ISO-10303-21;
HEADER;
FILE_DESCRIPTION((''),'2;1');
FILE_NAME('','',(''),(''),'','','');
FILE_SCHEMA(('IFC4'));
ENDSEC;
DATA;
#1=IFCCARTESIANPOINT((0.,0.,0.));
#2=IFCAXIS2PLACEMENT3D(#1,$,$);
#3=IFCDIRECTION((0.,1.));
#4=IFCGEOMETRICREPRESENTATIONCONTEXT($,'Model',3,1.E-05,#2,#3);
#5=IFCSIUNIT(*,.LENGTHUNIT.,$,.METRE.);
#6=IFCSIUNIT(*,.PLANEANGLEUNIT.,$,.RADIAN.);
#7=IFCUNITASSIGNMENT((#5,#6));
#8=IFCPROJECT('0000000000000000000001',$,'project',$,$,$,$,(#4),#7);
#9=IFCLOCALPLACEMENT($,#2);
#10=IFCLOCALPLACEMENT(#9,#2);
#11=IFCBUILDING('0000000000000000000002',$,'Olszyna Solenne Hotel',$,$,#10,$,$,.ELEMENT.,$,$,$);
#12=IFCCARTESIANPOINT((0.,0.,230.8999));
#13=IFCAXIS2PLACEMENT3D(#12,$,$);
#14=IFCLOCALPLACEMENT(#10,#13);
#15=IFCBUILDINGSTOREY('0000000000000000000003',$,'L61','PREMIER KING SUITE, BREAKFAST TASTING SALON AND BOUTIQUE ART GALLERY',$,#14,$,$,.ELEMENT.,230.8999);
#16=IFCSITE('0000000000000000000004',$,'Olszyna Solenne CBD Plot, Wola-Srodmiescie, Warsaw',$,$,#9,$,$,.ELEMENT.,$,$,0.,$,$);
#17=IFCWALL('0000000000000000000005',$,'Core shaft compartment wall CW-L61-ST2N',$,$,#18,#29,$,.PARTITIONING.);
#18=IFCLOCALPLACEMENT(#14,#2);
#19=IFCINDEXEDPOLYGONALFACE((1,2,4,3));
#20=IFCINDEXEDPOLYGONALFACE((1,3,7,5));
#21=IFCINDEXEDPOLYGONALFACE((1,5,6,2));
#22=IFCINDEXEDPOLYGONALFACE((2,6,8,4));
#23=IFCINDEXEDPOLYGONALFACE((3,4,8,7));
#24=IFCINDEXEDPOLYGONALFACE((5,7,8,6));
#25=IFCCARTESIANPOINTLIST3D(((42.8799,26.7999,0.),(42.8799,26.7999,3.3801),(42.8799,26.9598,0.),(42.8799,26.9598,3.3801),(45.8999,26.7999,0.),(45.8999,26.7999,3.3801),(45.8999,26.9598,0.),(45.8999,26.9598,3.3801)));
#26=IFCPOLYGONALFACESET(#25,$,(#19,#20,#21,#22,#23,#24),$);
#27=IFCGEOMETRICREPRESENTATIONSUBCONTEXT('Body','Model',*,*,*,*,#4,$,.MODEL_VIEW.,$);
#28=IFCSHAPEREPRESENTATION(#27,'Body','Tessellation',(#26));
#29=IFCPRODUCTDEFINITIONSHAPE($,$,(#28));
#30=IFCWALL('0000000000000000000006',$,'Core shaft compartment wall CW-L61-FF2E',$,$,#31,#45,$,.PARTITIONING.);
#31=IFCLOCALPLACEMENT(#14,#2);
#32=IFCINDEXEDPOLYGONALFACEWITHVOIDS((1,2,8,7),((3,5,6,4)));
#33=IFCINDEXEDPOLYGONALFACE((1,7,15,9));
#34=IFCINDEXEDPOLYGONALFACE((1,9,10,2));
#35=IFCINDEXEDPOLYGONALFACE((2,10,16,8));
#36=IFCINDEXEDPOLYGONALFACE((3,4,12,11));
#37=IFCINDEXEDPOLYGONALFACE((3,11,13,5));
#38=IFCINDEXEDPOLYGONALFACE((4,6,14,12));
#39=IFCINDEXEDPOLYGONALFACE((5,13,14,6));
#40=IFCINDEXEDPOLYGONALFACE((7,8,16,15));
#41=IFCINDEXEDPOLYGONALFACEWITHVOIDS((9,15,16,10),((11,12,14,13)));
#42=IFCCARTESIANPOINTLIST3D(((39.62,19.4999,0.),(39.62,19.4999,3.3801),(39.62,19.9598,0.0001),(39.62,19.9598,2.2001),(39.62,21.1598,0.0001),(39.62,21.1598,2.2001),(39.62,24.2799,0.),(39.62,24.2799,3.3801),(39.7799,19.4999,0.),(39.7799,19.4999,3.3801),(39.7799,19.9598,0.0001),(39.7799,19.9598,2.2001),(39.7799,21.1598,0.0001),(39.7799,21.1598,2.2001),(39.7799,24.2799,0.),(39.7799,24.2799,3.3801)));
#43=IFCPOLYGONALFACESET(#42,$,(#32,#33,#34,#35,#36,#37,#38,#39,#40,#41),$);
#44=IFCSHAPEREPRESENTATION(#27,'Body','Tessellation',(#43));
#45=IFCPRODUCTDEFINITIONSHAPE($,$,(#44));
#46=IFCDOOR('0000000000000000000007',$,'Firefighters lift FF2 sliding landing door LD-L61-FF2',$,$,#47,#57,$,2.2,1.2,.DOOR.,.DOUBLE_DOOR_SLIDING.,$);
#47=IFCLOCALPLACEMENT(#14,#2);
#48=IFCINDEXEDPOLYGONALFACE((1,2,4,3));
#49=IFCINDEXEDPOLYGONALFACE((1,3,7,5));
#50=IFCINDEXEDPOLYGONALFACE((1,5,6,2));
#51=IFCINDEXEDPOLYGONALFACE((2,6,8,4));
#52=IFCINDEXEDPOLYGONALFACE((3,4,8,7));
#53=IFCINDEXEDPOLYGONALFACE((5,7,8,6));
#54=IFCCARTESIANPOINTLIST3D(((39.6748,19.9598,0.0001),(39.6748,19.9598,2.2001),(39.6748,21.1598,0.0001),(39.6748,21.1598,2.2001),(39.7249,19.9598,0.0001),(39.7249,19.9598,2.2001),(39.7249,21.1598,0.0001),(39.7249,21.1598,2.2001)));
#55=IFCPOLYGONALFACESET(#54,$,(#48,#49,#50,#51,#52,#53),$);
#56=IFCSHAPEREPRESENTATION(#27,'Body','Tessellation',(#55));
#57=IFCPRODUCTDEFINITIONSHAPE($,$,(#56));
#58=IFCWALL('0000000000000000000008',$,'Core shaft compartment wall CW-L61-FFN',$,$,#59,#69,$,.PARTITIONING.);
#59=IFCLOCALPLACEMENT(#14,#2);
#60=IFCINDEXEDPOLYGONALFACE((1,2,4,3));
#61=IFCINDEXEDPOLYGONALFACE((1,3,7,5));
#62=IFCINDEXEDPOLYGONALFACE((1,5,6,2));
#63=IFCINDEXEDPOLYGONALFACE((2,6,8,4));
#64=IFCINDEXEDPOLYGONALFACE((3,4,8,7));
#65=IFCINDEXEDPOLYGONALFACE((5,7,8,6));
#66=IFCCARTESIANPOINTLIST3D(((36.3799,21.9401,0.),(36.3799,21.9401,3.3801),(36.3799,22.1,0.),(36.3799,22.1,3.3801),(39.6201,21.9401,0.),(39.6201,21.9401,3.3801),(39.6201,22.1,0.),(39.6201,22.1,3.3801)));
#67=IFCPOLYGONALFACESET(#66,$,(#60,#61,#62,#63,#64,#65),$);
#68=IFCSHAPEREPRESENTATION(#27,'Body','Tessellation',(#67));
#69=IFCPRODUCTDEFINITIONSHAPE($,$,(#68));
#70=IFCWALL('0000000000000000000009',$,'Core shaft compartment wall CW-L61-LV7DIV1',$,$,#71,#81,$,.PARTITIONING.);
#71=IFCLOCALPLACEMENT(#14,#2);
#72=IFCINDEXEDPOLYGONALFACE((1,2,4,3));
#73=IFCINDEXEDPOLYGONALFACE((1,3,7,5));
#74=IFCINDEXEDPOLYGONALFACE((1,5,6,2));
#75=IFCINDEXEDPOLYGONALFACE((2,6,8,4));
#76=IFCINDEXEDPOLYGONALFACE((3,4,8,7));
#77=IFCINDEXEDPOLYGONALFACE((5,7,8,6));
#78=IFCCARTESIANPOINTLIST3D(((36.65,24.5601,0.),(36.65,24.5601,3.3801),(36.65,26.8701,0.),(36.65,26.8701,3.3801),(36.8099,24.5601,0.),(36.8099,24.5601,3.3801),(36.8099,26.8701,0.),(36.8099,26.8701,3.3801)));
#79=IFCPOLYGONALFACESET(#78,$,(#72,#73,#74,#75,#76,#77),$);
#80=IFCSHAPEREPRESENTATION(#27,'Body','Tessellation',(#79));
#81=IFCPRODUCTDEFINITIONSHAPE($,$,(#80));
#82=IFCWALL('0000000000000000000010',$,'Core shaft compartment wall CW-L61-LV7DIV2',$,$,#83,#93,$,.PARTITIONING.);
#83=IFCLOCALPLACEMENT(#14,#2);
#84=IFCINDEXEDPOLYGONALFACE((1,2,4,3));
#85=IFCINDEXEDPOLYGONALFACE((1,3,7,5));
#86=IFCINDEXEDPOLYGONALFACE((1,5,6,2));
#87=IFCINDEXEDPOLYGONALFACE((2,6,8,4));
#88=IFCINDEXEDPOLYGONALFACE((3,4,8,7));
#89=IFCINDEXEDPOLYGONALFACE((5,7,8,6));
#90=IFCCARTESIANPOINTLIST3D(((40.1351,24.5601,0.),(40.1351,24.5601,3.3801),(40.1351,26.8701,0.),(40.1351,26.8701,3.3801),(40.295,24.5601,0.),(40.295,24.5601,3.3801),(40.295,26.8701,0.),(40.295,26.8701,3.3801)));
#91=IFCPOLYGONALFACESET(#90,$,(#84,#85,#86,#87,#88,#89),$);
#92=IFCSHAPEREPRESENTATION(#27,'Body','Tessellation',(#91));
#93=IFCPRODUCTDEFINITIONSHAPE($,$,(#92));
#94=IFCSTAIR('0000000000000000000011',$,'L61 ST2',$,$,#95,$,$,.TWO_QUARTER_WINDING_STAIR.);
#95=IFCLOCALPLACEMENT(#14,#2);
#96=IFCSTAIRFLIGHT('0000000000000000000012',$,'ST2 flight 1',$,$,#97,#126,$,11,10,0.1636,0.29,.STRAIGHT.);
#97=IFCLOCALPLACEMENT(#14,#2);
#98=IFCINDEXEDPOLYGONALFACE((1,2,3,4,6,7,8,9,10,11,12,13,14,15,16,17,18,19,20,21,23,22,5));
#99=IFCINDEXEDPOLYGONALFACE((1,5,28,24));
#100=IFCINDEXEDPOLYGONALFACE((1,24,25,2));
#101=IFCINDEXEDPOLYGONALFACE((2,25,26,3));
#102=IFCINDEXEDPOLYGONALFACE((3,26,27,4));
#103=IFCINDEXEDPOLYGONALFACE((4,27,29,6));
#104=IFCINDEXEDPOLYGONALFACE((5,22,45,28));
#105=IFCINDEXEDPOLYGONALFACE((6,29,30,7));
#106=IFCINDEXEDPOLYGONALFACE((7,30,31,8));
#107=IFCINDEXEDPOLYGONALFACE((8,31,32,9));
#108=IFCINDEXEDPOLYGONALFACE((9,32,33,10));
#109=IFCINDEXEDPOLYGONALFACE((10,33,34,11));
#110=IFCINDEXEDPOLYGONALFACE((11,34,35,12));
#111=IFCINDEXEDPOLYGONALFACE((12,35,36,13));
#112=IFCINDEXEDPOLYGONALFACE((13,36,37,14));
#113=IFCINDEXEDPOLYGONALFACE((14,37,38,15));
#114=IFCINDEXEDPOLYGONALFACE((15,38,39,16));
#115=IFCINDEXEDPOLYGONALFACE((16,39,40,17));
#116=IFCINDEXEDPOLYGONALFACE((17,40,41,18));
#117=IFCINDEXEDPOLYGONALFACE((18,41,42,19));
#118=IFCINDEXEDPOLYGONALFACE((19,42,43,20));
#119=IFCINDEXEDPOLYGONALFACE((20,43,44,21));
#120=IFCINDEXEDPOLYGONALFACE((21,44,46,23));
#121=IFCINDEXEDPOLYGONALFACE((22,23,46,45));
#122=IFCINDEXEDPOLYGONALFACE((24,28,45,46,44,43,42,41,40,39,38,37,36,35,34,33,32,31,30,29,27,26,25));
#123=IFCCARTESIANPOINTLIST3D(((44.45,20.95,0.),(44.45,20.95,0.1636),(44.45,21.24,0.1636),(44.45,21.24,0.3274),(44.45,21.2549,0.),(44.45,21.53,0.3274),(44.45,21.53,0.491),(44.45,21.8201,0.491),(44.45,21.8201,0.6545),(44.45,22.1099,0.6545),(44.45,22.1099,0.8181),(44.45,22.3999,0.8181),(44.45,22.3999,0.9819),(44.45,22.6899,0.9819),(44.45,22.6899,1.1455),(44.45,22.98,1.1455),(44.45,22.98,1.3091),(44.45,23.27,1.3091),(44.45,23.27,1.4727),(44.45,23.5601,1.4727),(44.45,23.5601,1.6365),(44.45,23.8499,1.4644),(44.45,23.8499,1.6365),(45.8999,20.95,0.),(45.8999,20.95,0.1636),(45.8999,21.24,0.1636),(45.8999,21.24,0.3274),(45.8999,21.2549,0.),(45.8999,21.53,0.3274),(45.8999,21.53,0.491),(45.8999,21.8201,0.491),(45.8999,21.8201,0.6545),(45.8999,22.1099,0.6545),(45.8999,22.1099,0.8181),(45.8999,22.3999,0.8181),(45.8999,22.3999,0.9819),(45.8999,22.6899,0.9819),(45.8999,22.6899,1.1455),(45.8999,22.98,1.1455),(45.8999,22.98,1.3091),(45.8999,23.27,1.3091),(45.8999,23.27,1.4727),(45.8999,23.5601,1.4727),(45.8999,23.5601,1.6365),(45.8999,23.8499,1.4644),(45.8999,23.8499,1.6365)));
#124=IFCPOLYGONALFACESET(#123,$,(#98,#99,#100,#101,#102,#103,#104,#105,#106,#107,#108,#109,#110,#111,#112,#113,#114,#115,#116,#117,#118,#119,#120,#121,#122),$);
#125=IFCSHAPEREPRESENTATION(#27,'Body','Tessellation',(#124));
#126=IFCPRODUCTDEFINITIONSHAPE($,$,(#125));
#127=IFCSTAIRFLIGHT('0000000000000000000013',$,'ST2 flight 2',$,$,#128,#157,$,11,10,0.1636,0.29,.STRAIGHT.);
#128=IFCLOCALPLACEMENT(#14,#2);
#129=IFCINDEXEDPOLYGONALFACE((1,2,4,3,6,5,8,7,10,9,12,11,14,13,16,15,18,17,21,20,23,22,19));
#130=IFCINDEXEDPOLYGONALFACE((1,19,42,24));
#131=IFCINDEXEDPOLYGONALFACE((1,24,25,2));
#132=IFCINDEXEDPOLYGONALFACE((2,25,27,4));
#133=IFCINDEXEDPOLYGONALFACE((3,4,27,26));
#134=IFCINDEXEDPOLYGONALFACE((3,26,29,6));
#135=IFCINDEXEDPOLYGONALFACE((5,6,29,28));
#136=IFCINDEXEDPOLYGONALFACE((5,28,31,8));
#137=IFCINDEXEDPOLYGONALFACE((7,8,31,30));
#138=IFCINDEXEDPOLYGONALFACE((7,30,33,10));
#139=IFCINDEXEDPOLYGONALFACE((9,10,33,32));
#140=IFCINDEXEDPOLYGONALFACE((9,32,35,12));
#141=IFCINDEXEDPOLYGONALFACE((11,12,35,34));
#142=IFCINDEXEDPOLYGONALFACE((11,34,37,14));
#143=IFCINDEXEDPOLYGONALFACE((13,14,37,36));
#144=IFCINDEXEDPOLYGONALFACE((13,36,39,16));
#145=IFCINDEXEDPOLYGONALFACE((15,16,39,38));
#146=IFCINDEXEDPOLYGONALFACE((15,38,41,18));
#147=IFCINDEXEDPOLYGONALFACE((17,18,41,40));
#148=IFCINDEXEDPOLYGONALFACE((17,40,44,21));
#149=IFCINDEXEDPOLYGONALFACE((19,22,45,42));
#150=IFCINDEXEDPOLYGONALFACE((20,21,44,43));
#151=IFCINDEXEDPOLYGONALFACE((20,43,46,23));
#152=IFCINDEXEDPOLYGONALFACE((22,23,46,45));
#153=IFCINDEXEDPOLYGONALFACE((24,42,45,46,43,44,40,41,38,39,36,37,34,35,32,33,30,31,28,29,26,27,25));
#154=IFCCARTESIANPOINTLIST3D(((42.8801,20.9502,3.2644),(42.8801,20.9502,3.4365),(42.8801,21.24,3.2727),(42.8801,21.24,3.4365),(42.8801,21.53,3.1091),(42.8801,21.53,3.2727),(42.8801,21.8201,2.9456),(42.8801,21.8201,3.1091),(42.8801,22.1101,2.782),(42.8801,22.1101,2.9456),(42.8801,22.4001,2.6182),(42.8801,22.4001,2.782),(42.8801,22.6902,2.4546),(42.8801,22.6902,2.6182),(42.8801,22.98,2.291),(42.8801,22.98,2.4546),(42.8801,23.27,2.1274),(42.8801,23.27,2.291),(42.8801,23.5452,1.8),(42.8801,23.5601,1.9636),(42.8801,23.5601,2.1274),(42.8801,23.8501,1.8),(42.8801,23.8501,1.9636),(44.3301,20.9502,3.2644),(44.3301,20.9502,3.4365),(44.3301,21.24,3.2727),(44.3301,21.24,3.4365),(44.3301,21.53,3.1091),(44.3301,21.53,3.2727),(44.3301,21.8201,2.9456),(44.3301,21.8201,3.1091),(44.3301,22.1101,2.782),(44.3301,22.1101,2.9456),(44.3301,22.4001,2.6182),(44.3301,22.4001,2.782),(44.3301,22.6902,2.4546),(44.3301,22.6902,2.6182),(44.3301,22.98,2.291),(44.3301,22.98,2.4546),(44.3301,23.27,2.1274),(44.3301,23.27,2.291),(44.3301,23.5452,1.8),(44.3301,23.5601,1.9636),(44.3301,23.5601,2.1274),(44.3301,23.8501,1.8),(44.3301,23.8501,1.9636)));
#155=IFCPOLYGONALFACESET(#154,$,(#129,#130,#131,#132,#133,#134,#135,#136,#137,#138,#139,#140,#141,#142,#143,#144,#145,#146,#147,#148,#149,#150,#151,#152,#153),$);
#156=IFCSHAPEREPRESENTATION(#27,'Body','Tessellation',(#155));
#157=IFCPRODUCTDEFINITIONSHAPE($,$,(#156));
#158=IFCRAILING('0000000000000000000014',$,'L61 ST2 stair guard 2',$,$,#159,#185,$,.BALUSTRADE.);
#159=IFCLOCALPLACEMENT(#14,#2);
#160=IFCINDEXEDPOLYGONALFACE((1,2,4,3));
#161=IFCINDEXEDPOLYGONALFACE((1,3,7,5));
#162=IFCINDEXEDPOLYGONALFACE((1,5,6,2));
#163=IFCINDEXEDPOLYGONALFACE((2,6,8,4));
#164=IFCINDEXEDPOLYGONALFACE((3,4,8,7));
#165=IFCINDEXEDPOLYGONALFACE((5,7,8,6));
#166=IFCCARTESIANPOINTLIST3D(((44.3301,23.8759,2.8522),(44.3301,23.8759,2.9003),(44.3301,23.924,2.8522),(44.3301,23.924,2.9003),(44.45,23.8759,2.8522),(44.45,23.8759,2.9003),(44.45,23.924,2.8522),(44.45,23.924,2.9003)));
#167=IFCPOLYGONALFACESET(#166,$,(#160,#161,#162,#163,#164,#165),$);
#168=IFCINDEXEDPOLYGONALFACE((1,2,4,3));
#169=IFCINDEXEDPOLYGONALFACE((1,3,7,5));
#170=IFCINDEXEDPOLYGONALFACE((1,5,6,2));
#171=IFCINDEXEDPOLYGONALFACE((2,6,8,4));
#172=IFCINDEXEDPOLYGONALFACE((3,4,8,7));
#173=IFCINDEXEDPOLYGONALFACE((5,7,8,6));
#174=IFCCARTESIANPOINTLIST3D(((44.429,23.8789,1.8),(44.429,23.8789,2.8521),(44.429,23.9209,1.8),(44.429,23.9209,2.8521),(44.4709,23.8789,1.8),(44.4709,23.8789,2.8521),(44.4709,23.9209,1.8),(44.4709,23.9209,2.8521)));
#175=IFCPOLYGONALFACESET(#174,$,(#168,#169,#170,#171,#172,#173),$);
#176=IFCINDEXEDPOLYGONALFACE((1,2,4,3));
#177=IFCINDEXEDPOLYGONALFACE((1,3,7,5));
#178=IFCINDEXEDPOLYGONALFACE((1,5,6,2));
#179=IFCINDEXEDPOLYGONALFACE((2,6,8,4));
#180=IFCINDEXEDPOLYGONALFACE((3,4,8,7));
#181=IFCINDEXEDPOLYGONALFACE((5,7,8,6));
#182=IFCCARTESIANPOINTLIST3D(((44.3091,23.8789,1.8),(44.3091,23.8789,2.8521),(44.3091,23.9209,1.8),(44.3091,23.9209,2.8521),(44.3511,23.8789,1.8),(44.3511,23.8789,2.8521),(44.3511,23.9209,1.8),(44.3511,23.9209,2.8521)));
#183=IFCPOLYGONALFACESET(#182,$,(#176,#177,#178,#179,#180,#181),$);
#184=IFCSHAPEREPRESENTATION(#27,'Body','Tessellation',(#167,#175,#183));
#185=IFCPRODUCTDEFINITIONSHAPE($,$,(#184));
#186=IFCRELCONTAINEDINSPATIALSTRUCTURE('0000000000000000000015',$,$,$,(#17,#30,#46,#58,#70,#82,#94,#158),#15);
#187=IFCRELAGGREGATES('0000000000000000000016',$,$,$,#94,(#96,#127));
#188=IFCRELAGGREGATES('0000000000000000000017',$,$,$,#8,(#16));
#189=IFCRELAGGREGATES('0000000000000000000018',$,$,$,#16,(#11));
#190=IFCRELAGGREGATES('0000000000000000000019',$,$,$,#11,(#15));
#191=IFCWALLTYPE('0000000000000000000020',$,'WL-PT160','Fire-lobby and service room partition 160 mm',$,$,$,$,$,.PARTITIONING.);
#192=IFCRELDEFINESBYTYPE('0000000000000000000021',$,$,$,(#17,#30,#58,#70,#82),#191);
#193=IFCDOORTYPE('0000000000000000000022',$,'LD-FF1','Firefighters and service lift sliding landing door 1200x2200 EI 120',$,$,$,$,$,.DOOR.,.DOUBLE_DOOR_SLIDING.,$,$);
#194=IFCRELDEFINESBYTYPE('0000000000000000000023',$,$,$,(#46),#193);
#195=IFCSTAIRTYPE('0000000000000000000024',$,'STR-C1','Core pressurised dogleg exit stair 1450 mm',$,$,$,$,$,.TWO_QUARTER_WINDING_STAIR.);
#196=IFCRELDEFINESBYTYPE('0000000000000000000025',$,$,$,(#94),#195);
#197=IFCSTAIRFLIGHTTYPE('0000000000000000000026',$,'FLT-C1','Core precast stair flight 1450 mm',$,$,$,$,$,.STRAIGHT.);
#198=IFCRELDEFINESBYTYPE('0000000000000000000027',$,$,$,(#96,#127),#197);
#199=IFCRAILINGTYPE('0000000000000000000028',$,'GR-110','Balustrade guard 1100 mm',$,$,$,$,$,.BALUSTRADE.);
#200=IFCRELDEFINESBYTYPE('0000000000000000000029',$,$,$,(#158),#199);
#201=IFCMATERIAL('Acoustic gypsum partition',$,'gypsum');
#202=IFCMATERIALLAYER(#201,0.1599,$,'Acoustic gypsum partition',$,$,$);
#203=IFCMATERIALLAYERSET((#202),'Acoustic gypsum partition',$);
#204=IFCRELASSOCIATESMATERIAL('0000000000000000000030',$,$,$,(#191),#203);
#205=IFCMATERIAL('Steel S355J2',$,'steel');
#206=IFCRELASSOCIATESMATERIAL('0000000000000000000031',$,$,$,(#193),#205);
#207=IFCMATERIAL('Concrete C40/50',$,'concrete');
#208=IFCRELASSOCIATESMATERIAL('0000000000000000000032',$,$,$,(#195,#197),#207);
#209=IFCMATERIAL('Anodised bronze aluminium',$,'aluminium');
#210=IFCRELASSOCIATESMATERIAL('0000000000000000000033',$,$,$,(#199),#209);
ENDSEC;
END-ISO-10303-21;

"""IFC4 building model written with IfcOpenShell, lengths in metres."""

from ifc_helpers import new_model, si_unit, direction, frame, frame_2d, origin, origin_2d, place, context, subcontext, project, spatial, polyline, rectangle, outline, extrude, source, transform, mapped, material, layer, layer_set, type_object, type_shapes, element, fill, aggregate, save


model = new_model("IFC4")

# Units and contexts
model_context = context("Model", 3, precision=1e-05, world=origin(), true_north=direction((0.0, 1.0)))
body_context = subcontext(model_context, "Body", "Model", "MODEL_VIEW")
ifc_project = project(units=[si_unit("LENGTHUNIT", "METRE"), si_unit("PLANEANGLEUNIT", "RADIAN")], contexts=[model_context])

# Site, building, storey
site_placement = place(None, origin())
site = spatial("IfcSite", under=ifc_project, at=site_placement, Name="Olszyna Solenne CBD Plot, Wola-Srodmiescie, Warsaw", CompositionType="ELEMENT", RefElevation=0.0)
building_placement = place(site_placement, origin())
building = spatial("IfcBuilding", under=site, at=building_placement, Name="Olszyna Solenne Hotel", CompositionType="ELEMENT")
storey_placement = place(building_placement, frame((0.0, 0.0, 230.8999)))
storey = spatial("IfcBuildingStorey", under=building, at=storey_placement, Name="L61", Description="PREMIER KING SUITE, BREAKFAST TASTING SALON AND BOUTIQUE ART GALLERY", CompositionType="ELEMENT", Elevation=230.8999)

# Shared definitions
ifc_material_1 = material(Name="Steel S355J2", Category="steel")

# Shared definitions
ifc_material_2 = material(Name="Anodised bronze aluminium", Category="aluminium")

# Shared definitions
ifc_material_3 = material(Name="Acoustic gypsum partition", Category="gypsum")

# Shared definitions
ifc_layer_1 = layer(ifc_material_3, 0.1599, Name="Acoustic gypsum partition")
ifc_layer_set_1 = layer_set([ifc_layer_1], Name="Acoustic gypsum partition")
wall_type_1 = type_object("IfcWallType", Name="WL-PT160", Description="Fire-lobby and service room partition 160 mm", PredefinedType="PARTITIONING", material=ifc_layer_set_1)

# Wall
wall_1_placement = place(storey_placement, frame((42.8799, 26.8799, 0.0), z_axis=(0.0, 0.0, 1.0), x_axis=(1.0, 0.0, 0.0)))
element("IfcWall", 1, at=wall_1_placement, inside=storey, type_object=wall_type_1, Name="Core shaft compartment wall CW-L61-ST2N", PredefinedType="PARTITIONING", context=body_context, shape_type="SweptSolid", body=[
    extrude(rectangle(XDim=3.02, YDim=0.1599, at=frame_2d((1.51, 0.0))), origin(), (0.0, 0.0, 1.0), 3.3801),
])

# Wall, opening, door
wall_2_placement = place(storey_placement, frame((39.7, 24.28, 0.0), z_axis=(0.0, 0.0, 1.0), x_axis=(0.0, -1.0, 0.0)))
wall_2 = element("IfcWall", 2, at=wall_2_placement, inside=storey, type_object=wall_type_1, Name="Core shaft compartment wall CW-L61-FF2E", PredefinedType="PARTITIONING", context=body_context, shape_type="SweptSolid", body=[
    extrude(rectangle(XDim=4.78, YDim=0.1599, at=frame_2d((2.3901, 0.0))), origin(), (0.0, 0.0, 1.0), 3.3801),
])
opening_1_placement = place(wall_2_placement, frame((3.1201, 0.0, 0.0)))
opening_1 = element("IfcOpeningElement", 3, at=opening_1_placement, cuts=wall_2, PredefinedType="OPENING", context=body_context, shape_type="SweptSolid", body=[
    extrude(rectangle(XDim=1.2, YDim=2.2, at=frame_2d((0.6001, 1.1001))), frame((0.0, 0.0898, 0.0), z_axis=(0.0, -1.0, 0.0), x_axis=(1.0, 0.0, 0.0)), (0.0, 0.0, 1.0), 0.1799),
])
door_type_1 = type_object("IfcDoorType", Name="LD-FF1", Description="Firefighters and service lift sliding landing door 1200x2200 EI 120", OperationType="DOUBLE_DOOR_SLIDING", PredefinedType="DOOR", material=ifc_material_1)
shared_shape_1 = source(origin(), body_context, "Body", "SweptSolid", [
    extrude(rectangle(XDim=1.2, YDim=2.2, at=frame_2d((0.6001, 1.1001))), frame((0.0, 0.0249, 0.0), z_axis=(0.0, -1.0, 0.0), x_axis=(1.0, 0.0, 0.0)), (0.0, 0.0, 1.0), 0.05),
])
type_shapes(door_type_1, [shared_shape_1])
door_1_placement = place(opening_1_placement, origin())
door_1 = element("IfcDoor", 4, at=door_1_placement, inside=storey, type_object=door_type_1, Name="Firefighters lift FF2 sliding landing door LD-L61-FF2", OperationType="DOUBLE_DOOR_SLIDING", OverallHeight=2.2, OverallWidth=1.2, PredefinedType="DOOR", context=body_context, shape_type="MappedRepresentation", body=[
    mapped(shared_shape_1, transform((0.0, 0.0, 0.0), x_axis=(1.0, 0.0, 0.0), y_axis=(0.0, 1.0, 0.0), z_axis=(0.0, 0.0, 1.0), scale=1.0)),
])
fill(opening_1, door_1)

# Walls
wall_3_placement = place(storey_placement, frame((36.3799, 22.02, 0.0), z_axis=(0.0, 0.0, 1.0), x_axis=(1.0, 0.0, 0.0)))
element("IfcWall", 5, at=wall_3_placement, inside=storey, type_object=wall_type_1, Name="Core shaft compartment wall CW-L61-FFN", PredefinedType="PARTITIONING", context=body_context, shape_type="SweptSolid", body=[
    extrude(rectangle(XDim=3.2402, YDim=0.1599, at=frame_2d((1.6201, 0.0))), origin(), (0.0, 0.0, 1.0), 3.3801),
])
for number, where, z_axis, x_axis, name in (
    (6, (36.73, 24.5601, 0.0), (0.0, 0.0, 1.0), (0.0, 1.0, 0.0), "Core shaft compartment wall CW-L61-LV7DIV1"),
    (7, (40.2151, 24.5601, 0.0), (0.0, 0.0, 1.0), (0.0, 1.0, 0.0), "Core shaft compartment wall CW-L61-LV7DIV2"),
):
    element("IfcWall", number, at=place(storey_placement, frame(where, z_axis=z_axis, x_axis=x_axis)), inside=storey, type_object=wall_type_1, Name=name, PredefinedType="PARTITIONING", context=body_context, shape_type="SweptSolid", body=[
        extrude(rectangle(XDim=2.3101, YDim=0.1599, at=frame_2d((1.155, 0.0))), origin(), (0.0, 0.0, 1.0), 3.3801),
    ])

# Stair, stair flights
ifc_material_4 = material(Name="Concrete C40/50", Category="concrete")
stair_type = type_object("IfcStairType", Name="STR-C1", Description="Core pressurised dogleg exit stair 1450 mm", PredefinedType="TWO_QUARTER_WINDING_STAIR", material=ifc_material_4)
stair_placement = place(storey_placement, origin())
stair = element("IfcStair", 8, at=stair_placement, inside=storey, type_object=stair_type, Name="L61 ST2", PredefinedType="TWO_QUARTER_WINDING_STAIR")
stair_flight_type = type_object("IfcStairFlightType", Name="FLT-C1", Description="Core precast stair flight 1450 mm", PredefinedType="STRAIGHT", material=ifc_material_4)
stair_flight_1_placement = place(storey_placement, frame((45.175, 20.95, 0.0), z_axis=(0.0, 0.0, 1.0), x_axis=(0.0, 1.0, 0.0)))
stair_flight_1 = element("IfcStairFlight", 9, at=stair_flight_1_placement, type_object=stair_flight_type, Name="ST2 flight 1", NumberOfRisers=11, NumberOfTreads=10, PredefinedType="STRAIGHT", RiserHeight=0.1636, TreadLength=0.29, context=body_context, shape_type="SweptSolid", body=[
    extrude(outline(polyline([(0.0, 0.0), (0.0, 0.1636), (0.29, 0.1636), (0.29, 0.3274), (0.5801, 0.3274), (0.5801, 0.491), (0.8701, 0.491), (0.8701, 0.6545), (1.1599, 0.6545), (1.1599, 0.8181), (1.45, 0.8181), (1.45, 0.9819), (1.74, 0.9819), (1.74, 1.1455), (2.03, 1.1455), (2.03, 1.3091), (2.3201, 1.3091), (2.3201, 1.4727), (2.6101, 1.4727), (2.6101, 1.6365), (2.8999, 1.6365), (2.8999, 1.8), (2.8999, 1.4644), (0.3049, 0.0), (0.0, 0.0)])), frame((0.0, 0.7251, 0.0), z_axis=(0.0, -1.0, 0.0), x_axis=(1.0, 0.0, 0.0)), (0.0, 0.0, 1.0), 1.45),
])
stair_flight_2_placement = place(storey_placement, frame((43.605, 23.8501, 1.8), z_axis=(0.0, 0.0, 1.0), x_axis=(0.0, -1.0, 0.0)))
stair_flight_2 = element("IfcStairFlight", 10, at=stair_flight_2_placement, type_object=stair_flight_type, Name="ST2 flight 2", NumberOfRisers=11, NumberOfTreads=10, PredefinedType="STRAIGHT", RiserHeight=0.1636, TreadLength=0.29, context=body_context, shape_type="SweptSolid", body=[
    extrude(outline(polyline([(0.0, 0.0), (0.0, 0.1636), (0.29, 0.1636), (0.29, 0.3274), (0.5801, 0.3274), (0.5801, 0.491), (0.8701, 0.491), (0.8701, 0.6545), (1.1599, 0.6545), (1.1599, 0.8181), (1.45, 0.8181), (1.45, 0.9819), (1.74, 0.9819), (1.74, 1.1455), (2.03, 1.1455), (2.03, 1.3091), (2.3201, 1.3091), (2.3201, 1.4727), (2.6101, 1.4727), (2.6101, 1.6365), (2.8999, 1.6365), (2.8999, 1.8), (2.8999, 1.4644), (0.3049, 0.0), (0.0, 0.0)])), frame((0.0, 0.7251, 0.0), z_axis=(0.0, -1.0, 0.0), x_axis=(1.0, 0.0, 0.0)), (0.0, 0.0, 1.0), 1.45),
])
aggregate(stair, [stair_flight_1, stair_flight_2])

# Railing
railing_type_1 = type_object("IfcRailingType", Name="GR-110", Description="Balustrade guard 1100 mm", PredefinedType="BALUSTRADE", material=ifc_material_2)
railing_1_placement = place(storey_placement, frame((44.45, 23.8999, 1.8)))
element("IfcRailing", 11, at=railing_1_placement, inside=storey, type_object=railing_type_1, Name="L61 ST2 stair guard 2", PredefinedType="BALUSTRADE", context=body_context, shape_type="SweptSolid", body=[
    extrude(rectangle(XDim=0.0481, YDim=0.0481, at=origin_2d()), frame((0.0, 0.0, 1.0762), z_axis=(-1.0, 0.0, 0.0), x_axis=(0.0, -1.0, 0.0)), (0.0, 0.0, 1.0), 0.1199),
    extrude(rectangle(XDim=0.042, YDim=0.042, at=origin_2d()), origin(), (0.0, 0.0, 1.0), 1.052),
    extrude(rectangle(XDim=0.042, YDim=0.042, at=origin_2d()), frame((-0.1199, 0.0, 0.0)), (0.0, 0.0, 1.0), 1.052),
])

save(model, "model.ifc")
